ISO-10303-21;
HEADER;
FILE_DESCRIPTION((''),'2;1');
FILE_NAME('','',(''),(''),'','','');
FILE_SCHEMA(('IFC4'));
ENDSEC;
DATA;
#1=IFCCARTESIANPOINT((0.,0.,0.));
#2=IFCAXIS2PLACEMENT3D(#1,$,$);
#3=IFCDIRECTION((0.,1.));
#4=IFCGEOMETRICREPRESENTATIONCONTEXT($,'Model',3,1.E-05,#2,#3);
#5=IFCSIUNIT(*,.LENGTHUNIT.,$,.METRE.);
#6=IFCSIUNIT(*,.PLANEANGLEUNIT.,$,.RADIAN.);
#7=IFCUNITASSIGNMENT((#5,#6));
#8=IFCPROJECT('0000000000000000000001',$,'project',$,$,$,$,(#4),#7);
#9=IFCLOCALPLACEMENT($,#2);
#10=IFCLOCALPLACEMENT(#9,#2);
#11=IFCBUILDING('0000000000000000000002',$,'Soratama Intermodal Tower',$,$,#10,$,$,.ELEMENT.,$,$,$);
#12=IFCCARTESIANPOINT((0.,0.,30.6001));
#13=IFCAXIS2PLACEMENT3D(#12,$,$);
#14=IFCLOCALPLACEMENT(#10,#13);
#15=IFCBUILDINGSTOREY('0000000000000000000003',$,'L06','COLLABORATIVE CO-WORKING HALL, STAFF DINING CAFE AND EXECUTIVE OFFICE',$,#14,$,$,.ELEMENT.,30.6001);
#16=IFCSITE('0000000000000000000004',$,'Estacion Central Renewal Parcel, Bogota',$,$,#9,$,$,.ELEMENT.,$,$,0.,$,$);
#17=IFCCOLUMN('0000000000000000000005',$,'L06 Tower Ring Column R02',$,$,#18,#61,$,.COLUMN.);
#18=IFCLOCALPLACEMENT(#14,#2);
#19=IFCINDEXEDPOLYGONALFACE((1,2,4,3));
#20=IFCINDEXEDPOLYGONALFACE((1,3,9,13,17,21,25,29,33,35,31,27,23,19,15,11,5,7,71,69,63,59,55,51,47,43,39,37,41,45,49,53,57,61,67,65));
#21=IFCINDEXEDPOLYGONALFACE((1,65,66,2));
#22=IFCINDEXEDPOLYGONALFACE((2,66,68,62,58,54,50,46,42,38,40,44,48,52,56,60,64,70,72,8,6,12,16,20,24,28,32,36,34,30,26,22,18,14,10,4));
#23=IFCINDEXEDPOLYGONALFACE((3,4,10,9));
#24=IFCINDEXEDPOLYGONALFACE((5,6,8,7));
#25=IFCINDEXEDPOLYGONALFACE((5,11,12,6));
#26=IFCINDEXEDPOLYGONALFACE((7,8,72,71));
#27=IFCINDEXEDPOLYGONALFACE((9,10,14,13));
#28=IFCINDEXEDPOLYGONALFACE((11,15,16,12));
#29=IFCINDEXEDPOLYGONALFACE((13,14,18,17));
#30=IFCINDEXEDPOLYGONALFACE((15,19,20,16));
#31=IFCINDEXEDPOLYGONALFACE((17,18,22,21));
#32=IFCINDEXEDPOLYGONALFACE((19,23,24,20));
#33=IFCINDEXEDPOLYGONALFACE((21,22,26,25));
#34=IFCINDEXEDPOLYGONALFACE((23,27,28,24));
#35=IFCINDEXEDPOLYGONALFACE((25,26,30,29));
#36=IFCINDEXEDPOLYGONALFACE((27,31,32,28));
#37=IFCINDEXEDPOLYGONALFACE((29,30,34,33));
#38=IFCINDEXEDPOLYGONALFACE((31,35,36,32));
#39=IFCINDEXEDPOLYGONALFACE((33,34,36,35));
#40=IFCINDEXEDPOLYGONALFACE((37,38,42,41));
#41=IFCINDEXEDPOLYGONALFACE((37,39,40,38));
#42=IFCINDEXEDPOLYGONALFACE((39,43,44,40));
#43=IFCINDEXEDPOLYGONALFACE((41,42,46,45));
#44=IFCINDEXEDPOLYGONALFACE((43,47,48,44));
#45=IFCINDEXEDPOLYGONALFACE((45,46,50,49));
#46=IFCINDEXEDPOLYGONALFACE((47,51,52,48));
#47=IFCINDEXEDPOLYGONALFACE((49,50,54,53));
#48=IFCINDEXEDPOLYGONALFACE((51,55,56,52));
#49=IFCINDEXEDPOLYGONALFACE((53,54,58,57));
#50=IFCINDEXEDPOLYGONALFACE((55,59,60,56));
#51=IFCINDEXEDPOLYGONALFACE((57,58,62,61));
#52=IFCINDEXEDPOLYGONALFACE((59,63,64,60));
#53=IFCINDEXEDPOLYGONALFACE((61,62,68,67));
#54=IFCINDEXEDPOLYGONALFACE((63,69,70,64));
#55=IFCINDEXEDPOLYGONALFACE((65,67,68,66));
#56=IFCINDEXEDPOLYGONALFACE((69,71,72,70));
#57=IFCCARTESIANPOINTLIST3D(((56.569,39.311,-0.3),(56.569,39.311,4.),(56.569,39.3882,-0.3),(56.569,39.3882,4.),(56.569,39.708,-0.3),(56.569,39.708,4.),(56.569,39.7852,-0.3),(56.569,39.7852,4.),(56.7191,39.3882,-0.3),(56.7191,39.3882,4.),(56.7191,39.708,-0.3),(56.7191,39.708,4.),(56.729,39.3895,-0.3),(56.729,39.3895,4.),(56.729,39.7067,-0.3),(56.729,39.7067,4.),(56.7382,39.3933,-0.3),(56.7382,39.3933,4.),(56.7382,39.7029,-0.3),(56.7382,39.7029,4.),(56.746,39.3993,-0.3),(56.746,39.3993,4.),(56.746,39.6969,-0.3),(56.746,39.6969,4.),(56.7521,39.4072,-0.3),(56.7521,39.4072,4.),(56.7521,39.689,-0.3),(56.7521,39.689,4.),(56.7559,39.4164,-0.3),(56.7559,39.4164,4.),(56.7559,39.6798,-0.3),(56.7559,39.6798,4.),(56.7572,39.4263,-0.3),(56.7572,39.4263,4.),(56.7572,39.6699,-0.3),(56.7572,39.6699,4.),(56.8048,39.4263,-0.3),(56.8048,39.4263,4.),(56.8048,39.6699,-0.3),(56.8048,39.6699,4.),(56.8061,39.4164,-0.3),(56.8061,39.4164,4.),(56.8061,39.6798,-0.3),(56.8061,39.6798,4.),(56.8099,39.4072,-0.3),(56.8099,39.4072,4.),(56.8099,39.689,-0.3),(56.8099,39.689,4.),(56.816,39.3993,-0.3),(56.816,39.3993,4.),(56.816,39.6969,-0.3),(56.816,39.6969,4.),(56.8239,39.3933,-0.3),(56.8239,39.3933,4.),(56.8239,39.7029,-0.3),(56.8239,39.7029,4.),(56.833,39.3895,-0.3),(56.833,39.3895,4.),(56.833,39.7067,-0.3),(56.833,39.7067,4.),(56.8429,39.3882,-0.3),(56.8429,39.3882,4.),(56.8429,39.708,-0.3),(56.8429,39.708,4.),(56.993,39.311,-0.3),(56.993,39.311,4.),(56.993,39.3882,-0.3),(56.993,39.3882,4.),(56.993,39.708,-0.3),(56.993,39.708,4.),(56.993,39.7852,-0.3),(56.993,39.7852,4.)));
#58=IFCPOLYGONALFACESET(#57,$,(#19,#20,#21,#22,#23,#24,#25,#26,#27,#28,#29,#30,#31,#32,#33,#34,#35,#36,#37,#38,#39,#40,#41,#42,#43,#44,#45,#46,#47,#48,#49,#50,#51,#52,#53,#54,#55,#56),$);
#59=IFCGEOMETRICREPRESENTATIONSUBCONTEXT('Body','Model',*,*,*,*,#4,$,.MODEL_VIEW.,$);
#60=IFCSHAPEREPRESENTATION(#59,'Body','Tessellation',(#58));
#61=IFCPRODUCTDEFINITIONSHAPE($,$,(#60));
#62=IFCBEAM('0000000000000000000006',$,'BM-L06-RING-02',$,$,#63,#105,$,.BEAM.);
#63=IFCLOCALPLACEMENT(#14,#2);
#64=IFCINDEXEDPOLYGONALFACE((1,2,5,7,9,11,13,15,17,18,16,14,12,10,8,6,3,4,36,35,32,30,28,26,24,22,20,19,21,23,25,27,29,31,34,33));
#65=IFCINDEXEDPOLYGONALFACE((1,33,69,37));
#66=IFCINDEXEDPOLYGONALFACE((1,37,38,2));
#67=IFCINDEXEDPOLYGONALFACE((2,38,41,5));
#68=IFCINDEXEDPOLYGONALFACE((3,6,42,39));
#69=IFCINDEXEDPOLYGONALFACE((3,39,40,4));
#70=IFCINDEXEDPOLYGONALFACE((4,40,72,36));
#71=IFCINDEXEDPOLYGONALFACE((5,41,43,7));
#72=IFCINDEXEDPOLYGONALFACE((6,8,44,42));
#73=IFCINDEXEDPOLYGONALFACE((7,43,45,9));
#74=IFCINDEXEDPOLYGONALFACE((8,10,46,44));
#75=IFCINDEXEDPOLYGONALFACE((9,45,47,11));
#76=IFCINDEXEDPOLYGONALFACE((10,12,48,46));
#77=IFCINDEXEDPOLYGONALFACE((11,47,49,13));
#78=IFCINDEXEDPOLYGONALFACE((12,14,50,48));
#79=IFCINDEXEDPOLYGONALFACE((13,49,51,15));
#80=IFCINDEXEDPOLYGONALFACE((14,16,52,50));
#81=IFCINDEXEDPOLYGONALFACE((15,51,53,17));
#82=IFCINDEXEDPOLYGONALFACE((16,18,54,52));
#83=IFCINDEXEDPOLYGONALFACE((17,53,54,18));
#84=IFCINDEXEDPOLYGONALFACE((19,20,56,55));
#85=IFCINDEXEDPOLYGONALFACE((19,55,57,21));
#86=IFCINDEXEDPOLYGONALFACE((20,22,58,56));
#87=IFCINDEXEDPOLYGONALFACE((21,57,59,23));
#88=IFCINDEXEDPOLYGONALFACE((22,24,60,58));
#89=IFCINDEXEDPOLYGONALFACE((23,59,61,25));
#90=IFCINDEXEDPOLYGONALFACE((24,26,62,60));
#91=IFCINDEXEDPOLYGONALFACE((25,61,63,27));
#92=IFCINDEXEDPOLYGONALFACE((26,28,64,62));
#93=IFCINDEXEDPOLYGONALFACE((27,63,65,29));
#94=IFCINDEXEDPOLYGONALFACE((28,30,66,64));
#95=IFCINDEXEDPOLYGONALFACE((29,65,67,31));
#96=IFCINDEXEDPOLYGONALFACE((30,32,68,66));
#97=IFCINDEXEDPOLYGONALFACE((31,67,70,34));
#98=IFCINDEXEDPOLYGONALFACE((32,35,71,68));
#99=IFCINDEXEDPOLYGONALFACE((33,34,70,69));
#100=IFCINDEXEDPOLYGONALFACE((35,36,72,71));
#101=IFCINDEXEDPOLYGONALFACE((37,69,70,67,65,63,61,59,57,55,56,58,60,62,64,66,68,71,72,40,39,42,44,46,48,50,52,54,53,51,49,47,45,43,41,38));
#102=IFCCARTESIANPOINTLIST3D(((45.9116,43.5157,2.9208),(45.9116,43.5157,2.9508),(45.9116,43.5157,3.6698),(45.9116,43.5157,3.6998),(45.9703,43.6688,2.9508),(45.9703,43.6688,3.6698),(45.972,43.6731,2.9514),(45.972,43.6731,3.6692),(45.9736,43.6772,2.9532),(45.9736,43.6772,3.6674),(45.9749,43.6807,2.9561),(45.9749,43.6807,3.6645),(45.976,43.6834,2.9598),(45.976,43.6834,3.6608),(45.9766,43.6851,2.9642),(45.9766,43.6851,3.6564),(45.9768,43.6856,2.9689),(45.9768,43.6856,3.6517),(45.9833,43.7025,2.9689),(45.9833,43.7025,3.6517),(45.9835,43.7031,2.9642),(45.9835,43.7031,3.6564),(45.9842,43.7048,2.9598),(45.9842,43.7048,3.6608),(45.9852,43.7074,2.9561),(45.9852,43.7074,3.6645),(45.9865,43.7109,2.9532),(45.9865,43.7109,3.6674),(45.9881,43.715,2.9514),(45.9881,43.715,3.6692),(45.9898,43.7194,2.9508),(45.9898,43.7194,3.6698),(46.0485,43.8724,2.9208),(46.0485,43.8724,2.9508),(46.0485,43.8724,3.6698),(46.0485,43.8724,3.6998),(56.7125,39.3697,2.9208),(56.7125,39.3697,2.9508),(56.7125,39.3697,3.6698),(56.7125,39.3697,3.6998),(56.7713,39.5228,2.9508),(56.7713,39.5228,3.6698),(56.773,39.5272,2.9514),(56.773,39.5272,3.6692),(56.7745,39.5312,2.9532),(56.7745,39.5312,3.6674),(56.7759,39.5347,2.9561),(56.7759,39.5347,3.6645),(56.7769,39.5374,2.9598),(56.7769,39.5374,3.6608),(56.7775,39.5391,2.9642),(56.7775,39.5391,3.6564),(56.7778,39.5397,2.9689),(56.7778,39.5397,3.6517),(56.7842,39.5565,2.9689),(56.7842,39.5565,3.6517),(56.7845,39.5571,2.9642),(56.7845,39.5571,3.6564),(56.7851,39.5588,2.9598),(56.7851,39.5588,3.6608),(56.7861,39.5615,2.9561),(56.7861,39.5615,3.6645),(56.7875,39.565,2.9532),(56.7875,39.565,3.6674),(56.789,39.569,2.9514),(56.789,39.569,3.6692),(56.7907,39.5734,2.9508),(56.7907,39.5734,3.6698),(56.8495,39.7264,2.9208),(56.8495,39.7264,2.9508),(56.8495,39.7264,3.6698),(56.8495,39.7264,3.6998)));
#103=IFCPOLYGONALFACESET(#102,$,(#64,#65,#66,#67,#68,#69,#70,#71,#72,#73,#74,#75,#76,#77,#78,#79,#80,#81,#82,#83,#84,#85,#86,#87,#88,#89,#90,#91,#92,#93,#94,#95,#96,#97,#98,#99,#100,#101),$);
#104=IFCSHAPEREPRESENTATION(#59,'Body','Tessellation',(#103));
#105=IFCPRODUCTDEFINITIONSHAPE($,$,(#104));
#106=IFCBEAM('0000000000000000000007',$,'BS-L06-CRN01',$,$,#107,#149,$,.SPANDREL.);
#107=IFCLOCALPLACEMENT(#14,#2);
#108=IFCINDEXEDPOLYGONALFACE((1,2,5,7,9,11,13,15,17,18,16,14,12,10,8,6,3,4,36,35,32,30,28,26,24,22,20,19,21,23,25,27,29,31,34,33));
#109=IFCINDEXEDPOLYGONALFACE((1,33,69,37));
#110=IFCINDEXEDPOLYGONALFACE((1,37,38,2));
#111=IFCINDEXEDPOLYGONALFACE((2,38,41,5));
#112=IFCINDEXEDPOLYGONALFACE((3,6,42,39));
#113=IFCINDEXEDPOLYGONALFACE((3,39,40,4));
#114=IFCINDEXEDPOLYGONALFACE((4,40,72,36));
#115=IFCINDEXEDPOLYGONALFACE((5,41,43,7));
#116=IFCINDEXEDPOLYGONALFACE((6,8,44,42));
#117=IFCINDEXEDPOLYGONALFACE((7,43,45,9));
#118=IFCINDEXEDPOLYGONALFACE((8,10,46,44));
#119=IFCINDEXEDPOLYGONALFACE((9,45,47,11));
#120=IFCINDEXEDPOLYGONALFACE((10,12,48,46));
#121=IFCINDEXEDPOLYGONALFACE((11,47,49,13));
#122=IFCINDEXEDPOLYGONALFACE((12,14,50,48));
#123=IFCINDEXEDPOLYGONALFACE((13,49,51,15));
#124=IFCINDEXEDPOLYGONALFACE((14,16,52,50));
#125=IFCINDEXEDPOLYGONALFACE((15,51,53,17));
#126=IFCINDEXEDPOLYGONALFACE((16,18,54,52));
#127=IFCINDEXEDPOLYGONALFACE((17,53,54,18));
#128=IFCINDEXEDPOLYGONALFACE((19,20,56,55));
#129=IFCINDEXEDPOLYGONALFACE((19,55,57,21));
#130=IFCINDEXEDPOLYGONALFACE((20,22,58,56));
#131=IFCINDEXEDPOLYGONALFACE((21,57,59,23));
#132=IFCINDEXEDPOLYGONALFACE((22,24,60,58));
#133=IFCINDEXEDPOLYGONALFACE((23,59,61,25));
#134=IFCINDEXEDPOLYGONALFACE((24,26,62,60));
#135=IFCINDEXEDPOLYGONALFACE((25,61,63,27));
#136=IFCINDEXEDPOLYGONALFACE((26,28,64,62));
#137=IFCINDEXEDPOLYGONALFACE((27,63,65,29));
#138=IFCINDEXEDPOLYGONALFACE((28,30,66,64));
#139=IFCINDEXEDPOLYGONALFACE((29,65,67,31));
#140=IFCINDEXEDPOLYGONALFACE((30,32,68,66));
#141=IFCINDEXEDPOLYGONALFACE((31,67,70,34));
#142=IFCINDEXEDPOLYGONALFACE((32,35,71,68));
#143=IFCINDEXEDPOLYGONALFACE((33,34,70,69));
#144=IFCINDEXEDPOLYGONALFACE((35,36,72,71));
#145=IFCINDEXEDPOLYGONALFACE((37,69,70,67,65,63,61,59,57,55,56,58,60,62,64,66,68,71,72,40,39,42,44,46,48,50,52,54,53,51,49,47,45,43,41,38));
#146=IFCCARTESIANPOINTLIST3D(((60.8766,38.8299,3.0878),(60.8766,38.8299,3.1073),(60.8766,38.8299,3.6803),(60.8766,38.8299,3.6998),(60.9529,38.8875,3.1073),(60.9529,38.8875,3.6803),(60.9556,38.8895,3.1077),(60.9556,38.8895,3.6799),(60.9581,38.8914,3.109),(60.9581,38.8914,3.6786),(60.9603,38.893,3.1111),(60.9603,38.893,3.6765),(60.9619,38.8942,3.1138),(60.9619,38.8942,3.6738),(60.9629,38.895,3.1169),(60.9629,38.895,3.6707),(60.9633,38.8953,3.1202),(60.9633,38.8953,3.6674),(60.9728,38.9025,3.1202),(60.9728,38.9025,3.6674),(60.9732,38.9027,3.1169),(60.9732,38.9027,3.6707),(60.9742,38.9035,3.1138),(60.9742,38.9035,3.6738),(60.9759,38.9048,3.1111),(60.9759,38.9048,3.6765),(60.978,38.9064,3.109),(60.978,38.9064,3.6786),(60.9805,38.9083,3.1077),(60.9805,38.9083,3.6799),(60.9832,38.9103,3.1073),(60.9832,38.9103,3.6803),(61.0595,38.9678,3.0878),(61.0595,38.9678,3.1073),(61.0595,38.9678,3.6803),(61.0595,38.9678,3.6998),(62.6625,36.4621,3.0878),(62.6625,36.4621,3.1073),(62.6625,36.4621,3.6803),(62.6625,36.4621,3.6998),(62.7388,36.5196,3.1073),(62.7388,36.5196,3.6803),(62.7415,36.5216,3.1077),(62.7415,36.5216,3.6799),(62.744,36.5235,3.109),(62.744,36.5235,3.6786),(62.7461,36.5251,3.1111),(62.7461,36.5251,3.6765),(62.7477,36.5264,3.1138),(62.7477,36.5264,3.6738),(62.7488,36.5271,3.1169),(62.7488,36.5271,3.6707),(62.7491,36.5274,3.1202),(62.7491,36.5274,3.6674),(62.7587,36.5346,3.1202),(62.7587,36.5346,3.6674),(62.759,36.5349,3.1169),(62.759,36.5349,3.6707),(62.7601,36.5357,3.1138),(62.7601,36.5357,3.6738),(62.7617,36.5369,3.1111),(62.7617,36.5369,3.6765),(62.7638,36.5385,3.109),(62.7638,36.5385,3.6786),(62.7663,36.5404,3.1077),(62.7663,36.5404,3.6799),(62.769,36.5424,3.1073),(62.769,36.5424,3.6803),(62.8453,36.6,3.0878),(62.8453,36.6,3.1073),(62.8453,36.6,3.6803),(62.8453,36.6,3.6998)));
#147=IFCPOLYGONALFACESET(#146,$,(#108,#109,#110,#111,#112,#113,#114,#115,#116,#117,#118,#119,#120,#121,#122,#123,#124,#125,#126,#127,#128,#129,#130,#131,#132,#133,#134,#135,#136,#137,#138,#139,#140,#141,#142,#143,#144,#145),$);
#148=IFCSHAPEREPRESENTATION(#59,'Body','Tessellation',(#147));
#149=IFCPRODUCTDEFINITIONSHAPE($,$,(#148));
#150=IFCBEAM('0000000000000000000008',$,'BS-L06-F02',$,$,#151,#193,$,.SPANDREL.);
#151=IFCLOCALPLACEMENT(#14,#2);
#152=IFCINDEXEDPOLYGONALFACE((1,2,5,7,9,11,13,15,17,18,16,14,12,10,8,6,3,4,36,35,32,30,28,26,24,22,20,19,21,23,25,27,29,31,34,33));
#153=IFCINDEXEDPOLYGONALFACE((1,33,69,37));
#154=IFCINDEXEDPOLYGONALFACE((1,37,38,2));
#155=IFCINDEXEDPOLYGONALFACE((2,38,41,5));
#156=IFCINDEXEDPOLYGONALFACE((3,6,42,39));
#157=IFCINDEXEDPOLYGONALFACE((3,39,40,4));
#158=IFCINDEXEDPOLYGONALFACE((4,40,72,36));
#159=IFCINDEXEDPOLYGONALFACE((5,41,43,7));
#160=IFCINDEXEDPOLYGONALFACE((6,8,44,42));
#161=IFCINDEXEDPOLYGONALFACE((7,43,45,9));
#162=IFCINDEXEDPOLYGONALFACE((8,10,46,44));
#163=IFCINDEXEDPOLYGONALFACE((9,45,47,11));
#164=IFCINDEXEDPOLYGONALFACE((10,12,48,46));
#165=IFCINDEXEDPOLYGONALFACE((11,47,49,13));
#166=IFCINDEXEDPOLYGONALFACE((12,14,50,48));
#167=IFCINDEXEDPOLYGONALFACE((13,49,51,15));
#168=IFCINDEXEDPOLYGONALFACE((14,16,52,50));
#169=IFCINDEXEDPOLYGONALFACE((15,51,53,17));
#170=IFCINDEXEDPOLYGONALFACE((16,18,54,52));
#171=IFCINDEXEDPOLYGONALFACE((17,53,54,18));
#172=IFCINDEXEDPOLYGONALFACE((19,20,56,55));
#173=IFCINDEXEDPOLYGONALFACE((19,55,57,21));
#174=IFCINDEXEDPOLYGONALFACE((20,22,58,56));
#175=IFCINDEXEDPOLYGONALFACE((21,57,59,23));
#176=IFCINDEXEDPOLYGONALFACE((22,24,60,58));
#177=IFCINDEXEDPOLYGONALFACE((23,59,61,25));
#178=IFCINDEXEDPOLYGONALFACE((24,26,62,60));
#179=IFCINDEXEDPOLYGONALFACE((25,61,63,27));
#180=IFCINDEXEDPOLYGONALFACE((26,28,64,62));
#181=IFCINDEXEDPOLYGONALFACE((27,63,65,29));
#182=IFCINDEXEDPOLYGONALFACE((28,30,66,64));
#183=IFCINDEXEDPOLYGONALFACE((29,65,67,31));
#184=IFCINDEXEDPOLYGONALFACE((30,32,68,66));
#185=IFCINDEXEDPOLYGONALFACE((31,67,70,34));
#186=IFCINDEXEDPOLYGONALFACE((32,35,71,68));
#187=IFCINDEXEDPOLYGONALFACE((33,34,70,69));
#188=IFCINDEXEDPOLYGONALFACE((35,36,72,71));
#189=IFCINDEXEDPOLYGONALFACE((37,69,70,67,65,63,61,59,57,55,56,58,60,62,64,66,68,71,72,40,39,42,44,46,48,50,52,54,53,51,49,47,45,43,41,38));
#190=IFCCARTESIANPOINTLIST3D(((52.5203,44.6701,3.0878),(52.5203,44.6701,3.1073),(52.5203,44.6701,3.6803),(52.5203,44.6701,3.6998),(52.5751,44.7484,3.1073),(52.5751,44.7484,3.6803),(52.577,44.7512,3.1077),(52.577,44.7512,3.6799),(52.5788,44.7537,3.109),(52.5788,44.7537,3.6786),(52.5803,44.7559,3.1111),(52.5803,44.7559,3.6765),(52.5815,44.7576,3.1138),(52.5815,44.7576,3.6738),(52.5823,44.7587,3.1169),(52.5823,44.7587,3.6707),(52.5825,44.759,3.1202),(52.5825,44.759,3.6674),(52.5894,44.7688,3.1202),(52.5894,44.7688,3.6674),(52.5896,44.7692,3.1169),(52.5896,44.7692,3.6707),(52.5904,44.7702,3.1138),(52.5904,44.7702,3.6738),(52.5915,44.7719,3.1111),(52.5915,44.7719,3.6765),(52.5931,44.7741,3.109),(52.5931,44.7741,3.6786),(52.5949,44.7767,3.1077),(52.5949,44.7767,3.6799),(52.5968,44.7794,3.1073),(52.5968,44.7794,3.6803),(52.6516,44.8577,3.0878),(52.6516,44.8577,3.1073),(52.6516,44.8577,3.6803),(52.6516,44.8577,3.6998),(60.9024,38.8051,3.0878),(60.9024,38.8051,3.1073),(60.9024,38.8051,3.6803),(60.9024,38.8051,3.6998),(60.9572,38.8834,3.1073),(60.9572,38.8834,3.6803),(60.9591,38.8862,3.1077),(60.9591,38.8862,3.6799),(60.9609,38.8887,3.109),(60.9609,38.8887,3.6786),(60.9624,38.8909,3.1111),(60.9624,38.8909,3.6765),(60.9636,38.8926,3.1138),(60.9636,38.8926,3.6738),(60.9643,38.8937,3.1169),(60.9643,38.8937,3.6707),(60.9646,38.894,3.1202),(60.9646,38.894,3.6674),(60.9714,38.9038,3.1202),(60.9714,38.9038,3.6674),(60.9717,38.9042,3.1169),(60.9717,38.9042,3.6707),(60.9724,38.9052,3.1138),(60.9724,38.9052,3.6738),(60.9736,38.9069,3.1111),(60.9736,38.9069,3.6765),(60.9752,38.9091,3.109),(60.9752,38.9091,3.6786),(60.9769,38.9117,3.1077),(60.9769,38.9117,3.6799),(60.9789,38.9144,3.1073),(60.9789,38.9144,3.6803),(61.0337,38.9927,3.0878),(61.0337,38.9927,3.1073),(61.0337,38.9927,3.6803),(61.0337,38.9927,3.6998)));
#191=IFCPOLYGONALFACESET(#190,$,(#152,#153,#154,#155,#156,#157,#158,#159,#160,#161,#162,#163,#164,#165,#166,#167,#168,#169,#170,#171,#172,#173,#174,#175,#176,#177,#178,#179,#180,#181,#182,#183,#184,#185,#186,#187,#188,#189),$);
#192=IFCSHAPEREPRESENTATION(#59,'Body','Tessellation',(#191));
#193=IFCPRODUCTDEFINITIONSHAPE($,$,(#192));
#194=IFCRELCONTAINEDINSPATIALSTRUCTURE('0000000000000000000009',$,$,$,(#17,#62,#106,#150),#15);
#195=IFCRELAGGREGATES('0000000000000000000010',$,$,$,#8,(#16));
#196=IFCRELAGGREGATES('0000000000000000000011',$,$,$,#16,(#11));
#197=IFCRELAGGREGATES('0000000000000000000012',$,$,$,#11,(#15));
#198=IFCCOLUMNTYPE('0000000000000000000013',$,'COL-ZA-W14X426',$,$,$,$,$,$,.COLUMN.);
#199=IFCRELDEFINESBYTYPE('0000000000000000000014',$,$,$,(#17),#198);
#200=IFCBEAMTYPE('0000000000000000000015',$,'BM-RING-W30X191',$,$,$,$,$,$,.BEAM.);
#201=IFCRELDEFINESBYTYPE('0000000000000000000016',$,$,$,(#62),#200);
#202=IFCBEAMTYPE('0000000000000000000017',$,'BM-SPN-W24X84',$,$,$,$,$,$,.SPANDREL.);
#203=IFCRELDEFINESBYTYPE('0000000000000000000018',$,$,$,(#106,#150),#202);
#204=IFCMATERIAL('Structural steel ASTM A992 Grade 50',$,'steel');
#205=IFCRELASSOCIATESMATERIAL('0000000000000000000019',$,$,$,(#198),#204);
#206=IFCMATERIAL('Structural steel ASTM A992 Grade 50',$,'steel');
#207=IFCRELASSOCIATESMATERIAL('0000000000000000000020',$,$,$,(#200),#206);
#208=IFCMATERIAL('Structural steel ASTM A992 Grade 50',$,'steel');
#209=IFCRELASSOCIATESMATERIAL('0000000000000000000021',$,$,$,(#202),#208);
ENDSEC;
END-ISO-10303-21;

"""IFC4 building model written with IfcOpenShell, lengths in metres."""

from ifc_helpers import new_model, si_unit, direction, frame, origin, origin_2d, place, context, subcontext, project, spatial, i_section, extrude, material, material_profile, profile_set, type_object, element, save


model = new_model("IFC4")

# Units and contexts
model_context = context("Model", 3, precision=1e-05, world=origin(), true_north=direction((0.0, 1.0)))
body_context = subcontext(model_context, "Body", "Model", "MODEL_VIEW")
ifc_project = project(units=[si_unit("LENGTHUNIT", "METRE"), si_unit("PLANEANGLEUNIT", "RADIAN")], contexts=[model_context])

# Site, building, storey
site_placement = place(None, origin())
site = spatial("IfcSite", under=ifc_project, at=site_placement, Name="Estacion Central Renewal Parcel, Bogota", CompositionType="ELEMENT", RefElevation=0.0)
building_placement = place(site_placement, origin())
building = spatial("IfcBuilding", under=site, at=building_placement, Name="Soratama Intermodal Tower", CompositionType="ELEMENT")
storey_placement = place(building_placement, frame((0.0, 0.0, 30.6001)))
storey = spatial("IfcBuildingStorey", under=building, at=storey_placement, Name="L06", Description="COLLABORATIVE CO-WORKING HALL, STAFF DINING CAFE AND EXECUTIVE OFFICE", CompositionType="ELEMENT", Elevation=30.6001)

# Column
ifc_material_1 = material(Name="Structural steel ASTM A992 Grade 50", Category="steel")
ifc_material_profile_1 = material_profile(ifc_material_1, i_section(OverallWidth=0.4241, OverallDepth=0.4741, WebThickness=0.0476, FlangeThickness=0.0771, FilletRadius=0.0381, at=origin_2d()), Name="W14X426")
ifc_profile_set_1 = profile_set([ifc_material_profile_1], Name="Structural steel ASTM A992 Grade 50")
column_type = type_object("IfcColumnType", Name="COL-ZA-W14X426", PredefinedType="COLUMN", material=ifc_profile_set_1)
column_placement = place(storey_placement, frame((56.781, 39.5481, -0.3), z_axis=(0.0, 0.0, 1.0), x_axis=(1.0, 0.0, 0.0)))
element("IfcColumn", 1, at=column_placement, inside=storey, type_object=column_type, Name="L06 Tower Ring Column R02", PredefinedType="COLUMN", context=body_context, shape_type="SweptSolid", body=[
    extrude(i_section(OverallWidth=0.4241, OverallDepth=0.4741, WebThickness=0.0476, FlangeThickness=0.0771, FilletRadius=0.0381, at=origin_2d()), origin(), (0.0, 0.0, 1.0), 4.3),
])

# Beams
ifc_material_2 = material(Name="Structural steel ASTM A992 Grade 50", Category="steel")
ifc_material_profile_2 = material_profile(ifc_material_2, i_section(OverallWidth=0.3821, OverallDepth=0.7791, WebThickness=0.0181, FlangeThickness=0.03, FilletRadius=0.0181, at=origin_2d()), Name="W30X191")
ifc_profile_set_2 = profile_set([ifc_material_profile_2], Name="Structural steel ASTM A992 Grade 50")
beam_type_1 = type_object("IfcBeamType", Name="BM-RING-W30X191", PredefinedType="BEAM", material=ifc_profile_set_2)
beam_1_placement = place(storey_placement, frame((56.781, 39.5481, 3.3103), z_axis=(-0.933584, 0.358358, 0.0), x_axis=(-0.358358, -0.933584, 0.0)))
element("IfcBeam", 2, at=beam_1_placement, inside=storey, type_object=beam_type_1, Name="BM-L06-RING-02", PredefinedType="BEAM", context=body_context, shape_type="SweptSolid", body=[
    extrude(i_section(OverallWidth=0.3821, OverallDepth=0.7791, WebThickness=0.0181, FlangeThickness=0.03, FilletRadius=0.0181, at=origin_2d()), origin(), (0.0, 0.0, 1.0), 11.5693),
])
ifc_material_3 = material(Name="Structural steel ASTM A992 Grade 50", Category="steel")
ifc_material_profile_3 = material_profile(ifc_material_3, i_section(OverallWidth=0.229, OverallDepth=0.6121, WebThickness=0.012, FlangeThickness=0.0195, FilletRadius=0.0129, at=origin_2d()), Name="W24X84")
ifc_profile_set_3 = profile_set([ifc_material_profile_3], Name="Structural steel ASTM A992 Grade 50")
beam_type_2 = type_object("IfcBeamType", Name="BM-SPN-W24X84", PredefinedType="SPANDREL", material=ifc_profile_set_3)
beam_2_placement = place(storey_placement, frame((62.7539, 36.531, 3.3938), z_axis=(-0.602145, 0.798387, 0.0), x_axis=(-0.798387, -0.602145, 0.0)))
element("IfcBeam", 3, at=beam_2_placement, inside=storey, type_object=beam_type_2, Name="BS-L06-CRN01", PredefinedType="SPANDREL", context=body_context, shape_type="SweptSolid", body=[
    extrude(i_section(OverallWidth=0.229, OverallDepth=0.6121, WebThickness=0.012, FlangeThickness=0.0195, FilletRadius=0.0129, at=origin_2d()), origin(), (0.0, 0.0, 1.0), 2.9658),
])
beam_3_placement = place(storey_placement, frame((60.968, 38.8989, 3.3938), z_axis=(-0.819345, 0.573301, 0.0), x_axis=(-0.573301, -0.819345, 0.0)))
element("IfcBeam", 4, at=beam_3_placement, inside=storey, type_object=beam_type_2, Name="BS-L06-F02", PredefinedType="SPANDREL", context=body_context, shape_type="SweptSolid", body=[
    extrude(i_section(OverallWidth=0.229, OverallDepth=0.6121, WebThickness=0.012, FlangeThickness=0.0195, FilletRadius=0.0129, at=origin_2d()), origin(), (0.0, 0.0, 1.0), 10.2302),
])

save(model, "model.ifc")
